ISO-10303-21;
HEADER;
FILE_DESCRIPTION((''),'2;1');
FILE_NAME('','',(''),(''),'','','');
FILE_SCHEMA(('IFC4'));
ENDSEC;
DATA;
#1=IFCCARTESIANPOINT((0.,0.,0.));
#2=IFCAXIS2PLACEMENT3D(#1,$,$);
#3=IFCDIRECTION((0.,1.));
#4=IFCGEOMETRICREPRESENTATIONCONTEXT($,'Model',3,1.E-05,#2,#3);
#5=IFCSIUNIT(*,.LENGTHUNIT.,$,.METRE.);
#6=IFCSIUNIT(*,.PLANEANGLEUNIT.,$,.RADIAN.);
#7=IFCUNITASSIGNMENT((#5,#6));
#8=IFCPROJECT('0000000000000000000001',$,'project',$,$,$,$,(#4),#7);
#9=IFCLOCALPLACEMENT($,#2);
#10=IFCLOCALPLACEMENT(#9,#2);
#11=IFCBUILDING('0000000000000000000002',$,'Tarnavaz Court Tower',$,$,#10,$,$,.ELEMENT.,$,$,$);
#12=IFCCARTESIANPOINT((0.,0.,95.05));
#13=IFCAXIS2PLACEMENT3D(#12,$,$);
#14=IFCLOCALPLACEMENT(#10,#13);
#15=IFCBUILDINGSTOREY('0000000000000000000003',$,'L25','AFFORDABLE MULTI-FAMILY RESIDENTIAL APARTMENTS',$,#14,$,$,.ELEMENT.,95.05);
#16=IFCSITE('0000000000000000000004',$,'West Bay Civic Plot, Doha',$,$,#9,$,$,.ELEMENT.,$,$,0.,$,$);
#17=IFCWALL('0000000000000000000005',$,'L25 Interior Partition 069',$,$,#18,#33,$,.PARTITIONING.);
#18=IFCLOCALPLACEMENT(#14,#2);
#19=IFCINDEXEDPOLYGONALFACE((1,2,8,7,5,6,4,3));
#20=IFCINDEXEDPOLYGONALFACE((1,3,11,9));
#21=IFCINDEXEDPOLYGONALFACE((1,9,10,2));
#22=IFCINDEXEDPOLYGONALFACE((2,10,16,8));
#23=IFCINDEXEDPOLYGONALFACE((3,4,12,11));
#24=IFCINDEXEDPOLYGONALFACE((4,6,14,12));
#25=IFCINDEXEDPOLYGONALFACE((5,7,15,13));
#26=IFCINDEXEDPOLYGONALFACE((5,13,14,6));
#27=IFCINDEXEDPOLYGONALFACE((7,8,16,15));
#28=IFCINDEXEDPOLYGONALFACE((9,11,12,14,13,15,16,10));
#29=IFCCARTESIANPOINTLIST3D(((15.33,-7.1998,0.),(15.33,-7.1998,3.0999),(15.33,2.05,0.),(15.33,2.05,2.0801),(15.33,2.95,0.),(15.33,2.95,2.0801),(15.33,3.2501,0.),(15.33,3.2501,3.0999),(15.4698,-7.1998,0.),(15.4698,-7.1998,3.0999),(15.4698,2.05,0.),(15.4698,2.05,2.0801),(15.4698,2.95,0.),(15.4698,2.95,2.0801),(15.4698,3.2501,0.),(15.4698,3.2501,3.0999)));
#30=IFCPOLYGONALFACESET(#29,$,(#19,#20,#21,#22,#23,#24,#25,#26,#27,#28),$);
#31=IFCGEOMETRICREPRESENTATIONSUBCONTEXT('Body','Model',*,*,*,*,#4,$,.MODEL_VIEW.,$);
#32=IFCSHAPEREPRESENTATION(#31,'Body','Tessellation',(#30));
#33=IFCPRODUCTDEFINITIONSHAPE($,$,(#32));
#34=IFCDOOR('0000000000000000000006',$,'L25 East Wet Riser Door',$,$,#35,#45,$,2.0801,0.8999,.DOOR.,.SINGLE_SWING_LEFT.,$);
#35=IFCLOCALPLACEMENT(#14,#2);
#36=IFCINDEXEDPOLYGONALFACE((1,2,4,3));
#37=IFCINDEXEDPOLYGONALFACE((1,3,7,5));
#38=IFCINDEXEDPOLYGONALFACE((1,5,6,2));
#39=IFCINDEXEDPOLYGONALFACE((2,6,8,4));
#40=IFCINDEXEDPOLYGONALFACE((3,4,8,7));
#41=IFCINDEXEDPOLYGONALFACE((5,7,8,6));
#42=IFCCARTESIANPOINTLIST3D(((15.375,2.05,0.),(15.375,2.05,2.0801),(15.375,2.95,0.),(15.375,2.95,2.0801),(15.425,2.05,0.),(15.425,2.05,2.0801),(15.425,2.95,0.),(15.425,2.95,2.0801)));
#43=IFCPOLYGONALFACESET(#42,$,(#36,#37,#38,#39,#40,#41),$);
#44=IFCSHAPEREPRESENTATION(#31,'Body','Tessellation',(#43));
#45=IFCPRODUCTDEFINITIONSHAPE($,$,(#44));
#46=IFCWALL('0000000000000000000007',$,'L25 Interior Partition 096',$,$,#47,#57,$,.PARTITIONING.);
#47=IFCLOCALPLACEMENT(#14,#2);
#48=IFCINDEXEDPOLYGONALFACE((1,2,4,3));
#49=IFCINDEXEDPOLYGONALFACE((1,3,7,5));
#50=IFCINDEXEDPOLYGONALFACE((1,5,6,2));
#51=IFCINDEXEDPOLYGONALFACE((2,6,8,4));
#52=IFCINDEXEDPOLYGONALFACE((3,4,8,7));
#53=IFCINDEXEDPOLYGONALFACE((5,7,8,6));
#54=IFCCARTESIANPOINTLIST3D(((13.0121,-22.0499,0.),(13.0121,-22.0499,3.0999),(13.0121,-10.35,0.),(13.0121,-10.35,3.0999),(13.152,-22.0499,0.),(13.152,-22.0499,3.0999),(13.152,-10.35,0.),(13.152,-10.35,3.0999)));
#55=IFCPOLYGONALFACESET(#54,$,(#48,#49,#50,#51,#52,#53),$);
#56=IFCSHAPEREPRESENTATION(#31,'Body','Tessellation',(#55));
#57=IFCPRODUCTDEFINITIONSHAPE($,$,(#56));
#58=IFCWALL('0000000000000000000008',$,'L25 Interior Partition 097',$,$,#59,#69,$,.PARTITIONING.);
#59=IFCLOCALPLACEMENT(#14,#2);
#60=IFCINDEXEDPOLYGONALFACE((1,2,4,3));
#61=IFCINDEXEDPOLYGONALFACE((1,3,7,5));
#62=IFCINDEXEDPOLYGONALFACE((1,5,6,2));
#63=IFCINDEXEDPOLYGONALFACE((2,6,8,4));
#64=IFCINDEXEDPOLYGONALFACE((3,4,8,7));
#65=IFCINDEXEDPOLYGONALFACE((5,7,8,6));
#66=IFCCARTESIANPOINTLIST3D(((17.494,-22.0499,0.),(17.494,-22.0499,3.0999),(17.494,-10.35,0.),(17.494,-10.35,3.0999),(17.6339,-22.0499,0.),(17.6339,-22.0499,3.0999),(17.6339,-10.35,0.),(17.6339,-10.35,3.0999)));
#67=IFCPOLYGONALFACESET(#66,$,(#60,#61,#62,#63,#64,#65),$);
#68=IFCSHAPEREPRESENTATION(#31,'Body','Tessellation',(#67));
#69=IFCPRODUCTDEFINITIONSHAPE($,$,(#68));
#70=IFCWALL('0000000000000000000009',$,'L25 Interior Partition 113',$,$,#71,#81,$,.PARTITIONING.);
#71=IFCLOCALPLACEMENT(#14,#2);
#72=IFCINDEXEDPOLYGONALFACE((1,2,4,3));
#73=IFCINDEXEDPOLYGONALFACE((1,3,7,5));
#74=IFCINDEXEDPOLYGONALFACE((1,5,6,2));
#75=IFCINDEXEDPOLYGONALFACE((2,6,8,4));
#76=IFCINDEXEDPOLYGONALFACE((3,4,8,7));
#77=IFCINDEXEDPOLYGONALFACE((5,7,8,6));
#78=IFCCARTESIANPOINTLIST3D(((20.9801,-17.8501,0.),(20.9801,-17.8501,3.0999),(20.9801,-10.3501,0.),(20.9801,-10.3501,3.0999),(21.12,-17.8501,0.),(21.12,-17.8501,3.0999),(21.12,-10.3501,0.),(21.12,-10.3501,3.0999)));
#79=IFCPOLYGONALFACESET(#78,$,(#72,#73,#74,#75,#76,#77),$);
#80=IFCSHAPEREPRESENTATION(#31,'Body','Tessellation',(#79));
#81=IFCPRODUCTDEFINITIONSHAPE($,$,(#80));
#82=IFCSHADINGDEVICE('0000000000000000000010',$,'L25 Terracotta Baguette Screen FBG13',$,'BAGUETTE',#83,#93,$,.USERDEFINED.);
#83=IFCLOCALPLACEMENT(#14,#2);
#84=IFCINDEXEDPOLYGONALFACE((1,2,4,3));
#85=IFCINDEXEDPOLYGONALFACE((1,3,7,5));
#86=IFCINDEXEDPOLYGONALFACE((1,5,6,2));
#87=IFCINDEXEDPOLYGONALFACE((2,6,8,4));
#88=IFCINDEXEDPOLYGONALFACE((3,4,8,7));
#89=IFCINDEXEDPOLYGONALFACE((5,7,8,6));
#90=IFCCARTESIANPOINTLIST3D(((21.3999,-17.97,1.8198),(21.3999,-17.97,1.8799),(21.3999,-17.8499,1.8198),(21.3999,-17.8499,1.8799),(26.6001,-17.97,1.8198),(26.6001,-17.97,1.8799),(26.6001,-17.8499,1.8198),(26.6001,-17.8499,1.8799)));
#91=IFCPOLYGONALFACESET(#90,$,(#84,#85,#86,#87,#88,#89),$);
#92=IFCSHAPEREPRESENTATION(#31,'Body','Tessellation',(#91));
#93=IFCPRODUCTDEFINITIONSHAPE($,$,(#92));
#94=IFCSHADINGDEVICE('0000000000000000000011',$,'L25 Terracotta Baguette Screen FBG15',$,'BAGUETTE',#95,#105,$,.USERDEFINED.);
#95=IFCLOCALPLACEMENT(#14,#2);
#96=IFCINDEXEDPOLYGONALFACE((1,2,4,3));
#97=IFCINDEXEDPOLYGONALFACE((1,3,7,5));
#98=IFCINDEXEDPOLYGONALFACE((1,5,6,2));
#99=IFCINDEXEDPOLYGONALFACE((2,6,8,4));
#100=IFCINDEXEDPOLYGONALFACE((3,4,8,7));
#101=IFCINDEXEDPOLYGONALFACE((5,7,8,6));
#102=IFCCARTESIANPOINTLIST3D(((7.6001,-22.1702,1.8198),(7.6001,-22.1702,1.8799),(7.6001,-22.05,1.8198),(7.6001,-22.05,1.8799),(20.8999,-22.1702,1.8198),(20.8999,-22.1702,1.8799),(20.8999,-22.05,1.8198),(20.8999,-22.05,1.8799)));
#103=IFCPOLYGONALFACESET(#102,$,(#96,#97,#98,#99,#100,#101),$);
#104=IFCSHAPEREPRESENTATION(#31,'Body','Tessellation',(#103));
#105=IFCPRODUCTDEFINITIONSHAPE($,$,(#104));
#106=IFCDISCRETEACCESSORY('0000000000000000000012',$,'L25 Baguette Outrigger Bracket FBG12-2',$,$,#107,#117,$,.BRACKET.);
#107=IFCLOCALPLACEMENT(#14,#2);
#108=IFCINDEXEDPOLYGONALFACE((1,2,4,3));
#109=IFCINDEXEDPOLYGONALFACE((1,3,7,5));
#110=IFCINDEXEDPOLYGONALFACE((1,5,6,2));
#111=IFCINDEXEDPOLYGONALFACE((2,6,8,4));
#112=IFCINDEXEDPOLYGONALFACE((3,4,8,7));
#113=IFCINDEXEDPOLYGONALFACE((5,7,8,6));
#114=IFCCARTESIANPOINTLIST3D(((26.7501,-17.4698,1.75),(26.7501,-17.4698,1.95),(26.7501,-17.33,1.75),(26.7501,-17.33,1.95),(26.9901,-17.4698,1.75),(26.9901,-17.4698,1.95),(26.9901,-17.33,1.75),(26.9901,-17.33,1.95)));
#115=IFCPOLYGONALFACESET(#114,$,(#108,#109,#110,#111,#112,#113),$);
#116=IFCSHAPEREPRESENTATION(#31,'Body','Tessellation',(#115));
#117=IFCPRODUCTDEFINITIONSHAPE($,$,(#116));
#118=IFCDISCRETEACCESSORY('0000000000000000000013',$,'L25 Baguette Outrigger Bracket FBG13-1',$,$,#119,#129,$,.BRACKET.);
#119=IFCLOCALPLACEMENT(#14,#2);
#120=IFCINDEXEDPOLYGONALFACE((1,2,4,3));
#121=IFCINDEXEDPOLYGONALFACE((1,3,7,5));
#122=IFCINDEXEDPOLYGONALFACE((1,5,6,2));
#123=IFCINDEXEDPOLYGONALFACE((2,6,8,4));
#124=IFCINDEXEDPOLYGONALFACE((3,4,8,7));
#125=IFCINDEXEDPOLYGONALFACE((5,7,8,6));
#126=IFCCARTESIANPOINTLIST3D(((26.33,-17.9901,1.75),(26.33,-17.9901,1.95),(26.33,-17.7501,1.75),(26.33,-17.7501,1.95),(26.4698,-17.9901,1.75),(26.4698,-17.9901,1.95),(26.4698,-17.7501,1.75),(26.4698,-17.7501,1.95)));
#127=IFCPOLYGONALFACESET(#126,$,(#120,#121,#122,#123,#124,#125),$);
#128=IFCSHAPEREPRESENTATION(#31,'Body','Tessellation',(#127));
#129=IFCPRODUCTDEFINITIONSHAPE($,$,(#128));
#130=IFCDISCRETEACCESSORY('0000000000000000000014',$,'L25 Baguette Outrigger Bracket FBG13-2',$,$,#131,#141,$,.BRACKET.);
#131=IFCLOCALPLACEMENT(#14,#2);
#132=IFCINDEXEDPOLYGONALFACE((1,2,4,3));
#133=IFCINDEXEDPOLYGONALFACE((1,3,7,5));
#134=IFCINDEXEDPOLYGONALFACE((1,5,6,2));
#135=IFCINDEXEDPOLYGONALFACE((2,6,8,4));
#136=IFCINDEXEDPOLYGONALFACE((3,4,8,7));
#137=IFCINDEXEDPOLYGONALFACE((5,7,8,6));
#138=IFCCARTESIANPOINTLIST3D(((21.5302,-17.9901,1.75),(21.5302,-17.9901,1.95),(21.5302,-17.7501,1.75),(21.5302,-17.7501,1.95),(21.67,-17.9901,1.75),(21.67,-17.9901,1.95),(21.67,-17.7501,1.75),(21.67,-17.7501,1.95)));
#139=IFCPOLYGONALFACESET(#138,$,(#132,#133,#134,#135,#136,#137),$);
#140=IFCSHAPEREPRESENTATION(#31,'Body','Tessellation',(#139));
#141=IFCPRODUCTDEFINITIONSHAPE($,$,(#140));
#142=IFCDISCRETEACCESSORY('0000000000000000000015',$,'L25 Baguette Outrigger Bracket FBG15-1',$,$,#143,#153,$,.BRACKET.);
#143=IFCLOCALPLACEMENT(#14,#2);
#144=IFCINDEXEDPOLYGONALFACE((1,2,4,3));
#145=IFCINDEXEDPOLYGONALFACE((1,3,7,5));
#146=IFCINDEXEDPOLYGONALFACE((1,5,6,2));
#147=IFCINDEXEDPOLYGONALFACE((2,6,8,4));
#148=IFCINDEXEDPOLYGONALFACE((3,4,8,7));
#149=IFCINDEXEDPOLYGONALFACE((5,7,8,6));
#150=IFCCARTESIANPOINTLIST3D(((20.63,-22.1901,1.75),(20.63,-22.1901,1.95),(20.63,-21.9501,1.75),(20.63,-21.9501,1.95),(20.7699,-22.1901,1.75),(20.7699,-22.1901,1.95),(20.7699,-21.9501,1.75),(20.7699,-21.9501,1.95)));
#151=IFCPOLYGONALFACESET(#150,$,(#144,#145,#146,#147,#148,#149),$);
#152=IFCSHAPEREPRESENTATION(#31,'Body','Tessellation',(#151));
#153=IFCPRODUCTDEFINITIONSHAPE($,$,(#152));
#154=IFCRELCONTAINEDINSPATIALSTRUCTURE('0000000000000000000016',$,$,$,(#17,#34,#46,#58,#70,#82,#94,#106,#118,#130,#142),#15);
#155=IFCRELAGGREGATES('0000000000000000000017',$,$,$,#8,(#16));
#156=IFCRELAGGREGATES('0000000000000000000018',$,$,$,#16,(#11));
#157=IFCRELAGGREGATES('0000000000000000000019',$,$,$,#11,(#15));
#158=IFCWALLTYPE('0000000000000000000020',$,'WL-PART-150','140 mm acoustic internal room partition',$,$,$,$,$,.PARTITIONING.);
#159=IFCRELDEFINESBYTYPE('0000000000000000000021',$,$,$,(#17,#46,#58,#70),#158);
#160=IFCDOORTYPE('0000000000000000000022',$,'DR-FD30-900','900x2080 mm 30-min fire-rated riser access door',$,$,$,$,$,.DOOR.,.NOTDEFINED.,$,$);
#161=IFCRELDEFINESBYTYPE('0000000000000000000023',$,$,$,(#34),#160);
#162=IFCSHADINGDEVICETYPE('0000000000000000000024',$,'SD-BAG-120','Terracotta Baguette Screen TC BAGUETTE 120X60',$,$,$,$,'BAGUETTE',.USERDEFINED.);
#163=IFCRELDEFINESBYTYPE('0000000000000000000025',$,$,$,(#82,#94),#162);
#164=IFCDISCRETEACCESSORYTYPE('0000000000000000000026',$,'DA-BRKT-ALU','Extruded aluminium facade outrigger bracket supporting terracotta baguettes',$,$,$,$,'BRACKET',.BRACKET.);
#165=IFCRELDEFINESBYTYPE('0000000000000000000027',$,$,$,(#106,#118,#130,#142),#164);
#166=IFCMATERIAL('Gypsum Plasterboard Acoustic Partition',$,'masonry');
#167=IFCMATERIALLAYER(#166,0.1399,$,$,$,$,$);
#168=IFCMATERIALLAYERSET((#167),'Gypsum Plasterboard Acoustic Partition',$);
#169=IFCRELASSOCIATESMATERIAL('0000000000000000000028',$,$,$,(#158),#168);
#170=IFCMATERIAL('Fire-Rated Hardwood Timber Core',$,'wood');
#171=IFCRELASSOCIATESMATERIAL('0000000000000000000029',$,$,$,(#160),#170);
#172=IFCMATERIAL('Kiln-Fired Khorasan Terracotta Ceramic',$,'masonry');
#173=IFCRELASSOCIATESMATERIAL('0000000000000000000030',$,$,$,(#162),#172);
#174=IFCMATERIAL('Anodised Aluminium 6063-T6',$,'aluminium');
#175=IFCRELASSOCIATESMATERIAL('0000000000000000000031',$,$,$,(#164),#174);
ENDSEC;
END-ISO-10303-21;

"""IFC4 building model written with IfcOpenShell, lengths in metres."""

from ifc_helpers import new_model, si_unit, direction, frame, frame_2d, origin, origin_2d, place, context, subcontext, project, spatial, rectangle, extrude, material, layer, layer_set, material_profile, profile_set, type_object, element, fill, save


model = new_model("IFC4")

# Units and contexts
model_context = context("Model", 3, precision=1e-05, world=origin(), true_north=direction((0.0, 1.0)))
body_context = subcontext(model_context, "Body", "Model", "MODEL_VIEW")
ifc_project = project(units=[si_unit("LENGTHUNIT", "METRE"), si_unit("PLANEANGLEUNIT", "RADIAN")], contexts=[model_context])

# Site, building, storey
site_placement = place(None, origin())
site = spatial("IfcSite", under=ifc_project, at=site_placement, Name="West Bay Civic Plot, Doha", CompositionType="ELEMENT", RefElevation=0.0)
building_placement = place(site_placement, origin())
building = spatial("IfcBuilding", under=site, at=building_placement, Name="Tarnavaz Court Tower", CompositionType="ELEMENT")
storey_placement = place(building_placement, frame((0.0, 0.0, 95.05)))
storey = spatial("IfcBuildingStorey", under=building, at=storey_placement, Name="L25", Description="AFFORDABLE MULTI-FAMILY RESIDENTIAL APARTMENTS", CompositionType="ELEMENT", Elevation=95.05)

# Wall, opening, door
ifc_material_1 = material(Name="Fire-Rated Hardwood Timber Core", Category="wood")
ifc_material_2 = material(Name="Gypsum Plasterboard Acoustic Partition", Category="masonry")
ifc_layer_1 = layer(ifc_material_2, 0.1399)
ifc_layer_set_1 = layer_set([ifc_layer_1], Name="Gypsum Plasterboard Acoustic Partition")
wall_type_1 = type_object("IfcWallType", Name="WL-PART-150", Description="140 mm acoustic internal room partition", PredefinedType="PARTITIONING", material=ifc_layer_set_1)
wall_1_placement = place(storey_placement, frame((15.3999, -7.2, 0.0), z_axis=(0.0, 0.0, 1.0), x_axis=(0.0, 1.0, 0.0)))
wall_1 = element("IfcWall", 1, at=wall_1_placement, inside=storey, type_object=wall_type_1, Name="L25 Interior Partition 069", PredefinedType="PARTITIONING", context=body_context, shape_type="SweptSolid", body=[
    extrude(rectangle(XDim=10.45, YDim=0.1399, at=frame_2d((5.2251, 0.0))), origin(), (0.0, 0.0, 1.0), 3.0999),
])
opening_1_placement = place(wall_1_placement, frame((9.25, 0.0, 0.0)))
opening_1 = element("IfcOpeningElement", 2, at=opening_1_placement, cuts=wall_1, PredefinedType="OPENING", context=body_context, shape_type="SweptSolid", body=[
    extrude(rectangle(XDim=0.8999, YDim=2.0801, at=frame_2d((0.45, 1.04))), frame((0.0, 0.0798, 0.0), z_axis=(0.0, -1.0, 0.0), x_axis=(1.0, 0.0, 0.0)), (0.0, 0.0, 1.0), 0.1599),
])
door_type_1 = type_object("IfcDoorType", Name="DR-FD30-900", Description="900x2080 mm 30-min fire-rated riser access door", OperationType="NOTDEFINED", PredefinedType="DOOR", material=ifc_material_1)
door_1_placement = place(opening_1_placement, origin())
door_1 = element("IfcDoor", 3, at=door_1_placement, inside=storey, type_object=door_type_1, Name="L25 East Wet Riser Door", OperationType="SINGLE_SWING_LEFT", OverallHeight=2.0801, OverallWidth=0.8999, PredefinedType="DOOR", context=body_context, shape_type="SweptSolid", body=[
    extrude(rectangle(XDim=0.8999, YDim=2.0801, at=frame_2d((0.45, 1.04))), frame((0.0, 0.0249, 0.0), z_axis=(0.0, -1.0, 0.0), x_axis=(1.0, 0.0, 0.0)), (0.0, 0.0, 1.0), 0.05),
])
fill(opening_1, door_1)

# Walls
for number, where, z_axis, x_axis, name in (
    (4, (13.082, -22.05, 0.0), (0.0, 0.0, 1.0), (0.0, 1.0, 0.0), "L25 Interior Partition 096"),
    (5, (17.564, -22.05, 0.0), (0.0, 0.0, 1.0), (0.0, 1.0, 0.0), "L25 Interior Partition 097"),
):
    element("IfcWall", number, at=place(storey_placement, frame(where, z_axis=z_axis, x_axis=x_axis)), inside=storey, type_object=wall_type_1, Name=name, PredefinedType="PARTITIONING", context=body_context, shape_type="SweptSolid", body=[
        extrude(rectangle(XDim=11.7, YDim=0.1399, at=frame_2d((5.8501, 0.0))), origin(), (0.0, 0.0, 1.0), 3.0999),
    ])
wall_2_placement = place(storey_placement, frame((21.05, -17.8501, 0.0), z_axis=(0.0, 0.0, 1.0), x_axis=(0.0, 1.0, 0.0)))
element("IfcWall", 6, at=wall_2_placement, inside=storey, type_object=wall_type_1, Name="L25 Interior Partition 113", PredefinedType="PARTITIONING", context=body_context, shape_type="SweptSolid", body=[
    extrude(rectangle(XDim=7.5, YDim=0.1399, at=frame_2d((3.75, 0.0))), origin(), (0.0, 0.0, 1.0), 3.0999),
])

# Shading devices
ifc_material_3 = material(Name="Kiln-Fired Khorasan Terracotta Ceramic", Category="masonry")
ifc_material_profile_1 = material_profile(ifc_material_3, rectangle(XDim=0.1201, YDim=0.0601, at=origin_2d()), Name="TC BAGUETTE 120X60")
ifc_profile_set_1 = profile_set([ifc_material_profile_1], Name="Kiln-Fired Khorasan Terracotta Ceramic")
shading_device_type = type_object("IfcShadingDeviceType", Name="SD-BAG-120", Description="Terracotta Baguette Screen TC BAGUETTE 120X60", ElementType="BAGUETTE", PredefinedType="USERDEFINED", material=ifc_profile_set_1)
shading_device_1_placement = place(storey_placement, frame((26.6001, -17.9099, 1.8499), z_axis=(-1.0, 0.0, 0.0), x_axis=(0.0, -1.0, 0.0)))
element("IfcShadingDevice", 7, at=shading_device_1_placement, inside=storey, type_object=shading_device_type, Name="L25 Terracotta Baguette Screen FBG13", ObjectType="BAGUETTE", PredefinedType="USERDEFINED", context=body_context, shape_type="SweptSolid", body=[
    extrude(rectangle(XDim=0.1201, YDim=0.0601, at=origin_2d()), origin(), (0.0, 0.0, 1.0), 5.2002),
])
shading_device_2_placement = place(storey_placement, frame((20.8999, -22.1101, 1.8499), z_axis=(-1.0, 0.0, 0.0), x_axis=(0.0, -1.0, 0.0)))
element("IfcShadingDevice", 8, at=shading_device_2_placement, inside=storey, type_object=shading_device_type, Name="L25 Terracotta Baguette Screen FBG15", ObjectType="BAGUETTE", PredefinedType="USERDEFINED", context=body_context, shape_type="SweptSolid", body=[
    extrude(rectangle(XDim=0.1201, YDim=0.0601, at=origin_2d()), origin(), (0.0, 0.0, 1.0), 13.2998),
])

# Discrete accessories
ifc_material_4 = material(Name="Anodised Aluminium 6063-T6", Category="aluminium")
discrete_accessory_type = type_object("IfcDiscreteAccessoryType", Name="DA-BRKT-ALU", Description="Extruded aluminium facade outrigger bracket supporting terracotta baguettes", ElementType="BRACKET", PredefinedType="BRACKET", material=ifc_material_4)
for number, where, z_axis, x_axis, name in (
    (9, (26.8701, -17.3999, 1.75), (0.0, 0.0, 1.0), (0.0, -1.0, 0.0), "L25 Baguette Outrigger Bracket FBG12-2"),
    (10, (26.3999, -17.8701, 1.75), (0.0, 0.0, 1.0), (-1.0, 0.0, 0.0), "L25 Baguette Outrigger Bracket FBG13-1"),
    (11, (21.6001, -17.8701, 1.75), (0.0, 0.0, 1.0), (-1.0, 0.0, 0.0), "L25 Baguette Outrigger Bracket FBG13-2"),
    (12, (20.7, -22.0701, 1.75), (0.0, 0.0, 1.0), (-1.0, 0.0, 0.0), "L25 Baguette Outrigger Bracket FBG15-1"),
):
    element("IfcDiscreteAccessory", number, at=place(storey_placement, frame(where, z_axis=z_axis, x_axis=x_axis)), inside=storey, type_object=discrete_accessory_type, Name=name, PredefinedType="BRACKET", context=body_context, shape_type="SweptSolid", body=[
        extrude(rectangle(XDim=0.1399, YDim=0.24, at=origin_2d()), origin(), (0.0, 0.0, 1.0), 0.2),
    ])

save(model, "model.ifc")
